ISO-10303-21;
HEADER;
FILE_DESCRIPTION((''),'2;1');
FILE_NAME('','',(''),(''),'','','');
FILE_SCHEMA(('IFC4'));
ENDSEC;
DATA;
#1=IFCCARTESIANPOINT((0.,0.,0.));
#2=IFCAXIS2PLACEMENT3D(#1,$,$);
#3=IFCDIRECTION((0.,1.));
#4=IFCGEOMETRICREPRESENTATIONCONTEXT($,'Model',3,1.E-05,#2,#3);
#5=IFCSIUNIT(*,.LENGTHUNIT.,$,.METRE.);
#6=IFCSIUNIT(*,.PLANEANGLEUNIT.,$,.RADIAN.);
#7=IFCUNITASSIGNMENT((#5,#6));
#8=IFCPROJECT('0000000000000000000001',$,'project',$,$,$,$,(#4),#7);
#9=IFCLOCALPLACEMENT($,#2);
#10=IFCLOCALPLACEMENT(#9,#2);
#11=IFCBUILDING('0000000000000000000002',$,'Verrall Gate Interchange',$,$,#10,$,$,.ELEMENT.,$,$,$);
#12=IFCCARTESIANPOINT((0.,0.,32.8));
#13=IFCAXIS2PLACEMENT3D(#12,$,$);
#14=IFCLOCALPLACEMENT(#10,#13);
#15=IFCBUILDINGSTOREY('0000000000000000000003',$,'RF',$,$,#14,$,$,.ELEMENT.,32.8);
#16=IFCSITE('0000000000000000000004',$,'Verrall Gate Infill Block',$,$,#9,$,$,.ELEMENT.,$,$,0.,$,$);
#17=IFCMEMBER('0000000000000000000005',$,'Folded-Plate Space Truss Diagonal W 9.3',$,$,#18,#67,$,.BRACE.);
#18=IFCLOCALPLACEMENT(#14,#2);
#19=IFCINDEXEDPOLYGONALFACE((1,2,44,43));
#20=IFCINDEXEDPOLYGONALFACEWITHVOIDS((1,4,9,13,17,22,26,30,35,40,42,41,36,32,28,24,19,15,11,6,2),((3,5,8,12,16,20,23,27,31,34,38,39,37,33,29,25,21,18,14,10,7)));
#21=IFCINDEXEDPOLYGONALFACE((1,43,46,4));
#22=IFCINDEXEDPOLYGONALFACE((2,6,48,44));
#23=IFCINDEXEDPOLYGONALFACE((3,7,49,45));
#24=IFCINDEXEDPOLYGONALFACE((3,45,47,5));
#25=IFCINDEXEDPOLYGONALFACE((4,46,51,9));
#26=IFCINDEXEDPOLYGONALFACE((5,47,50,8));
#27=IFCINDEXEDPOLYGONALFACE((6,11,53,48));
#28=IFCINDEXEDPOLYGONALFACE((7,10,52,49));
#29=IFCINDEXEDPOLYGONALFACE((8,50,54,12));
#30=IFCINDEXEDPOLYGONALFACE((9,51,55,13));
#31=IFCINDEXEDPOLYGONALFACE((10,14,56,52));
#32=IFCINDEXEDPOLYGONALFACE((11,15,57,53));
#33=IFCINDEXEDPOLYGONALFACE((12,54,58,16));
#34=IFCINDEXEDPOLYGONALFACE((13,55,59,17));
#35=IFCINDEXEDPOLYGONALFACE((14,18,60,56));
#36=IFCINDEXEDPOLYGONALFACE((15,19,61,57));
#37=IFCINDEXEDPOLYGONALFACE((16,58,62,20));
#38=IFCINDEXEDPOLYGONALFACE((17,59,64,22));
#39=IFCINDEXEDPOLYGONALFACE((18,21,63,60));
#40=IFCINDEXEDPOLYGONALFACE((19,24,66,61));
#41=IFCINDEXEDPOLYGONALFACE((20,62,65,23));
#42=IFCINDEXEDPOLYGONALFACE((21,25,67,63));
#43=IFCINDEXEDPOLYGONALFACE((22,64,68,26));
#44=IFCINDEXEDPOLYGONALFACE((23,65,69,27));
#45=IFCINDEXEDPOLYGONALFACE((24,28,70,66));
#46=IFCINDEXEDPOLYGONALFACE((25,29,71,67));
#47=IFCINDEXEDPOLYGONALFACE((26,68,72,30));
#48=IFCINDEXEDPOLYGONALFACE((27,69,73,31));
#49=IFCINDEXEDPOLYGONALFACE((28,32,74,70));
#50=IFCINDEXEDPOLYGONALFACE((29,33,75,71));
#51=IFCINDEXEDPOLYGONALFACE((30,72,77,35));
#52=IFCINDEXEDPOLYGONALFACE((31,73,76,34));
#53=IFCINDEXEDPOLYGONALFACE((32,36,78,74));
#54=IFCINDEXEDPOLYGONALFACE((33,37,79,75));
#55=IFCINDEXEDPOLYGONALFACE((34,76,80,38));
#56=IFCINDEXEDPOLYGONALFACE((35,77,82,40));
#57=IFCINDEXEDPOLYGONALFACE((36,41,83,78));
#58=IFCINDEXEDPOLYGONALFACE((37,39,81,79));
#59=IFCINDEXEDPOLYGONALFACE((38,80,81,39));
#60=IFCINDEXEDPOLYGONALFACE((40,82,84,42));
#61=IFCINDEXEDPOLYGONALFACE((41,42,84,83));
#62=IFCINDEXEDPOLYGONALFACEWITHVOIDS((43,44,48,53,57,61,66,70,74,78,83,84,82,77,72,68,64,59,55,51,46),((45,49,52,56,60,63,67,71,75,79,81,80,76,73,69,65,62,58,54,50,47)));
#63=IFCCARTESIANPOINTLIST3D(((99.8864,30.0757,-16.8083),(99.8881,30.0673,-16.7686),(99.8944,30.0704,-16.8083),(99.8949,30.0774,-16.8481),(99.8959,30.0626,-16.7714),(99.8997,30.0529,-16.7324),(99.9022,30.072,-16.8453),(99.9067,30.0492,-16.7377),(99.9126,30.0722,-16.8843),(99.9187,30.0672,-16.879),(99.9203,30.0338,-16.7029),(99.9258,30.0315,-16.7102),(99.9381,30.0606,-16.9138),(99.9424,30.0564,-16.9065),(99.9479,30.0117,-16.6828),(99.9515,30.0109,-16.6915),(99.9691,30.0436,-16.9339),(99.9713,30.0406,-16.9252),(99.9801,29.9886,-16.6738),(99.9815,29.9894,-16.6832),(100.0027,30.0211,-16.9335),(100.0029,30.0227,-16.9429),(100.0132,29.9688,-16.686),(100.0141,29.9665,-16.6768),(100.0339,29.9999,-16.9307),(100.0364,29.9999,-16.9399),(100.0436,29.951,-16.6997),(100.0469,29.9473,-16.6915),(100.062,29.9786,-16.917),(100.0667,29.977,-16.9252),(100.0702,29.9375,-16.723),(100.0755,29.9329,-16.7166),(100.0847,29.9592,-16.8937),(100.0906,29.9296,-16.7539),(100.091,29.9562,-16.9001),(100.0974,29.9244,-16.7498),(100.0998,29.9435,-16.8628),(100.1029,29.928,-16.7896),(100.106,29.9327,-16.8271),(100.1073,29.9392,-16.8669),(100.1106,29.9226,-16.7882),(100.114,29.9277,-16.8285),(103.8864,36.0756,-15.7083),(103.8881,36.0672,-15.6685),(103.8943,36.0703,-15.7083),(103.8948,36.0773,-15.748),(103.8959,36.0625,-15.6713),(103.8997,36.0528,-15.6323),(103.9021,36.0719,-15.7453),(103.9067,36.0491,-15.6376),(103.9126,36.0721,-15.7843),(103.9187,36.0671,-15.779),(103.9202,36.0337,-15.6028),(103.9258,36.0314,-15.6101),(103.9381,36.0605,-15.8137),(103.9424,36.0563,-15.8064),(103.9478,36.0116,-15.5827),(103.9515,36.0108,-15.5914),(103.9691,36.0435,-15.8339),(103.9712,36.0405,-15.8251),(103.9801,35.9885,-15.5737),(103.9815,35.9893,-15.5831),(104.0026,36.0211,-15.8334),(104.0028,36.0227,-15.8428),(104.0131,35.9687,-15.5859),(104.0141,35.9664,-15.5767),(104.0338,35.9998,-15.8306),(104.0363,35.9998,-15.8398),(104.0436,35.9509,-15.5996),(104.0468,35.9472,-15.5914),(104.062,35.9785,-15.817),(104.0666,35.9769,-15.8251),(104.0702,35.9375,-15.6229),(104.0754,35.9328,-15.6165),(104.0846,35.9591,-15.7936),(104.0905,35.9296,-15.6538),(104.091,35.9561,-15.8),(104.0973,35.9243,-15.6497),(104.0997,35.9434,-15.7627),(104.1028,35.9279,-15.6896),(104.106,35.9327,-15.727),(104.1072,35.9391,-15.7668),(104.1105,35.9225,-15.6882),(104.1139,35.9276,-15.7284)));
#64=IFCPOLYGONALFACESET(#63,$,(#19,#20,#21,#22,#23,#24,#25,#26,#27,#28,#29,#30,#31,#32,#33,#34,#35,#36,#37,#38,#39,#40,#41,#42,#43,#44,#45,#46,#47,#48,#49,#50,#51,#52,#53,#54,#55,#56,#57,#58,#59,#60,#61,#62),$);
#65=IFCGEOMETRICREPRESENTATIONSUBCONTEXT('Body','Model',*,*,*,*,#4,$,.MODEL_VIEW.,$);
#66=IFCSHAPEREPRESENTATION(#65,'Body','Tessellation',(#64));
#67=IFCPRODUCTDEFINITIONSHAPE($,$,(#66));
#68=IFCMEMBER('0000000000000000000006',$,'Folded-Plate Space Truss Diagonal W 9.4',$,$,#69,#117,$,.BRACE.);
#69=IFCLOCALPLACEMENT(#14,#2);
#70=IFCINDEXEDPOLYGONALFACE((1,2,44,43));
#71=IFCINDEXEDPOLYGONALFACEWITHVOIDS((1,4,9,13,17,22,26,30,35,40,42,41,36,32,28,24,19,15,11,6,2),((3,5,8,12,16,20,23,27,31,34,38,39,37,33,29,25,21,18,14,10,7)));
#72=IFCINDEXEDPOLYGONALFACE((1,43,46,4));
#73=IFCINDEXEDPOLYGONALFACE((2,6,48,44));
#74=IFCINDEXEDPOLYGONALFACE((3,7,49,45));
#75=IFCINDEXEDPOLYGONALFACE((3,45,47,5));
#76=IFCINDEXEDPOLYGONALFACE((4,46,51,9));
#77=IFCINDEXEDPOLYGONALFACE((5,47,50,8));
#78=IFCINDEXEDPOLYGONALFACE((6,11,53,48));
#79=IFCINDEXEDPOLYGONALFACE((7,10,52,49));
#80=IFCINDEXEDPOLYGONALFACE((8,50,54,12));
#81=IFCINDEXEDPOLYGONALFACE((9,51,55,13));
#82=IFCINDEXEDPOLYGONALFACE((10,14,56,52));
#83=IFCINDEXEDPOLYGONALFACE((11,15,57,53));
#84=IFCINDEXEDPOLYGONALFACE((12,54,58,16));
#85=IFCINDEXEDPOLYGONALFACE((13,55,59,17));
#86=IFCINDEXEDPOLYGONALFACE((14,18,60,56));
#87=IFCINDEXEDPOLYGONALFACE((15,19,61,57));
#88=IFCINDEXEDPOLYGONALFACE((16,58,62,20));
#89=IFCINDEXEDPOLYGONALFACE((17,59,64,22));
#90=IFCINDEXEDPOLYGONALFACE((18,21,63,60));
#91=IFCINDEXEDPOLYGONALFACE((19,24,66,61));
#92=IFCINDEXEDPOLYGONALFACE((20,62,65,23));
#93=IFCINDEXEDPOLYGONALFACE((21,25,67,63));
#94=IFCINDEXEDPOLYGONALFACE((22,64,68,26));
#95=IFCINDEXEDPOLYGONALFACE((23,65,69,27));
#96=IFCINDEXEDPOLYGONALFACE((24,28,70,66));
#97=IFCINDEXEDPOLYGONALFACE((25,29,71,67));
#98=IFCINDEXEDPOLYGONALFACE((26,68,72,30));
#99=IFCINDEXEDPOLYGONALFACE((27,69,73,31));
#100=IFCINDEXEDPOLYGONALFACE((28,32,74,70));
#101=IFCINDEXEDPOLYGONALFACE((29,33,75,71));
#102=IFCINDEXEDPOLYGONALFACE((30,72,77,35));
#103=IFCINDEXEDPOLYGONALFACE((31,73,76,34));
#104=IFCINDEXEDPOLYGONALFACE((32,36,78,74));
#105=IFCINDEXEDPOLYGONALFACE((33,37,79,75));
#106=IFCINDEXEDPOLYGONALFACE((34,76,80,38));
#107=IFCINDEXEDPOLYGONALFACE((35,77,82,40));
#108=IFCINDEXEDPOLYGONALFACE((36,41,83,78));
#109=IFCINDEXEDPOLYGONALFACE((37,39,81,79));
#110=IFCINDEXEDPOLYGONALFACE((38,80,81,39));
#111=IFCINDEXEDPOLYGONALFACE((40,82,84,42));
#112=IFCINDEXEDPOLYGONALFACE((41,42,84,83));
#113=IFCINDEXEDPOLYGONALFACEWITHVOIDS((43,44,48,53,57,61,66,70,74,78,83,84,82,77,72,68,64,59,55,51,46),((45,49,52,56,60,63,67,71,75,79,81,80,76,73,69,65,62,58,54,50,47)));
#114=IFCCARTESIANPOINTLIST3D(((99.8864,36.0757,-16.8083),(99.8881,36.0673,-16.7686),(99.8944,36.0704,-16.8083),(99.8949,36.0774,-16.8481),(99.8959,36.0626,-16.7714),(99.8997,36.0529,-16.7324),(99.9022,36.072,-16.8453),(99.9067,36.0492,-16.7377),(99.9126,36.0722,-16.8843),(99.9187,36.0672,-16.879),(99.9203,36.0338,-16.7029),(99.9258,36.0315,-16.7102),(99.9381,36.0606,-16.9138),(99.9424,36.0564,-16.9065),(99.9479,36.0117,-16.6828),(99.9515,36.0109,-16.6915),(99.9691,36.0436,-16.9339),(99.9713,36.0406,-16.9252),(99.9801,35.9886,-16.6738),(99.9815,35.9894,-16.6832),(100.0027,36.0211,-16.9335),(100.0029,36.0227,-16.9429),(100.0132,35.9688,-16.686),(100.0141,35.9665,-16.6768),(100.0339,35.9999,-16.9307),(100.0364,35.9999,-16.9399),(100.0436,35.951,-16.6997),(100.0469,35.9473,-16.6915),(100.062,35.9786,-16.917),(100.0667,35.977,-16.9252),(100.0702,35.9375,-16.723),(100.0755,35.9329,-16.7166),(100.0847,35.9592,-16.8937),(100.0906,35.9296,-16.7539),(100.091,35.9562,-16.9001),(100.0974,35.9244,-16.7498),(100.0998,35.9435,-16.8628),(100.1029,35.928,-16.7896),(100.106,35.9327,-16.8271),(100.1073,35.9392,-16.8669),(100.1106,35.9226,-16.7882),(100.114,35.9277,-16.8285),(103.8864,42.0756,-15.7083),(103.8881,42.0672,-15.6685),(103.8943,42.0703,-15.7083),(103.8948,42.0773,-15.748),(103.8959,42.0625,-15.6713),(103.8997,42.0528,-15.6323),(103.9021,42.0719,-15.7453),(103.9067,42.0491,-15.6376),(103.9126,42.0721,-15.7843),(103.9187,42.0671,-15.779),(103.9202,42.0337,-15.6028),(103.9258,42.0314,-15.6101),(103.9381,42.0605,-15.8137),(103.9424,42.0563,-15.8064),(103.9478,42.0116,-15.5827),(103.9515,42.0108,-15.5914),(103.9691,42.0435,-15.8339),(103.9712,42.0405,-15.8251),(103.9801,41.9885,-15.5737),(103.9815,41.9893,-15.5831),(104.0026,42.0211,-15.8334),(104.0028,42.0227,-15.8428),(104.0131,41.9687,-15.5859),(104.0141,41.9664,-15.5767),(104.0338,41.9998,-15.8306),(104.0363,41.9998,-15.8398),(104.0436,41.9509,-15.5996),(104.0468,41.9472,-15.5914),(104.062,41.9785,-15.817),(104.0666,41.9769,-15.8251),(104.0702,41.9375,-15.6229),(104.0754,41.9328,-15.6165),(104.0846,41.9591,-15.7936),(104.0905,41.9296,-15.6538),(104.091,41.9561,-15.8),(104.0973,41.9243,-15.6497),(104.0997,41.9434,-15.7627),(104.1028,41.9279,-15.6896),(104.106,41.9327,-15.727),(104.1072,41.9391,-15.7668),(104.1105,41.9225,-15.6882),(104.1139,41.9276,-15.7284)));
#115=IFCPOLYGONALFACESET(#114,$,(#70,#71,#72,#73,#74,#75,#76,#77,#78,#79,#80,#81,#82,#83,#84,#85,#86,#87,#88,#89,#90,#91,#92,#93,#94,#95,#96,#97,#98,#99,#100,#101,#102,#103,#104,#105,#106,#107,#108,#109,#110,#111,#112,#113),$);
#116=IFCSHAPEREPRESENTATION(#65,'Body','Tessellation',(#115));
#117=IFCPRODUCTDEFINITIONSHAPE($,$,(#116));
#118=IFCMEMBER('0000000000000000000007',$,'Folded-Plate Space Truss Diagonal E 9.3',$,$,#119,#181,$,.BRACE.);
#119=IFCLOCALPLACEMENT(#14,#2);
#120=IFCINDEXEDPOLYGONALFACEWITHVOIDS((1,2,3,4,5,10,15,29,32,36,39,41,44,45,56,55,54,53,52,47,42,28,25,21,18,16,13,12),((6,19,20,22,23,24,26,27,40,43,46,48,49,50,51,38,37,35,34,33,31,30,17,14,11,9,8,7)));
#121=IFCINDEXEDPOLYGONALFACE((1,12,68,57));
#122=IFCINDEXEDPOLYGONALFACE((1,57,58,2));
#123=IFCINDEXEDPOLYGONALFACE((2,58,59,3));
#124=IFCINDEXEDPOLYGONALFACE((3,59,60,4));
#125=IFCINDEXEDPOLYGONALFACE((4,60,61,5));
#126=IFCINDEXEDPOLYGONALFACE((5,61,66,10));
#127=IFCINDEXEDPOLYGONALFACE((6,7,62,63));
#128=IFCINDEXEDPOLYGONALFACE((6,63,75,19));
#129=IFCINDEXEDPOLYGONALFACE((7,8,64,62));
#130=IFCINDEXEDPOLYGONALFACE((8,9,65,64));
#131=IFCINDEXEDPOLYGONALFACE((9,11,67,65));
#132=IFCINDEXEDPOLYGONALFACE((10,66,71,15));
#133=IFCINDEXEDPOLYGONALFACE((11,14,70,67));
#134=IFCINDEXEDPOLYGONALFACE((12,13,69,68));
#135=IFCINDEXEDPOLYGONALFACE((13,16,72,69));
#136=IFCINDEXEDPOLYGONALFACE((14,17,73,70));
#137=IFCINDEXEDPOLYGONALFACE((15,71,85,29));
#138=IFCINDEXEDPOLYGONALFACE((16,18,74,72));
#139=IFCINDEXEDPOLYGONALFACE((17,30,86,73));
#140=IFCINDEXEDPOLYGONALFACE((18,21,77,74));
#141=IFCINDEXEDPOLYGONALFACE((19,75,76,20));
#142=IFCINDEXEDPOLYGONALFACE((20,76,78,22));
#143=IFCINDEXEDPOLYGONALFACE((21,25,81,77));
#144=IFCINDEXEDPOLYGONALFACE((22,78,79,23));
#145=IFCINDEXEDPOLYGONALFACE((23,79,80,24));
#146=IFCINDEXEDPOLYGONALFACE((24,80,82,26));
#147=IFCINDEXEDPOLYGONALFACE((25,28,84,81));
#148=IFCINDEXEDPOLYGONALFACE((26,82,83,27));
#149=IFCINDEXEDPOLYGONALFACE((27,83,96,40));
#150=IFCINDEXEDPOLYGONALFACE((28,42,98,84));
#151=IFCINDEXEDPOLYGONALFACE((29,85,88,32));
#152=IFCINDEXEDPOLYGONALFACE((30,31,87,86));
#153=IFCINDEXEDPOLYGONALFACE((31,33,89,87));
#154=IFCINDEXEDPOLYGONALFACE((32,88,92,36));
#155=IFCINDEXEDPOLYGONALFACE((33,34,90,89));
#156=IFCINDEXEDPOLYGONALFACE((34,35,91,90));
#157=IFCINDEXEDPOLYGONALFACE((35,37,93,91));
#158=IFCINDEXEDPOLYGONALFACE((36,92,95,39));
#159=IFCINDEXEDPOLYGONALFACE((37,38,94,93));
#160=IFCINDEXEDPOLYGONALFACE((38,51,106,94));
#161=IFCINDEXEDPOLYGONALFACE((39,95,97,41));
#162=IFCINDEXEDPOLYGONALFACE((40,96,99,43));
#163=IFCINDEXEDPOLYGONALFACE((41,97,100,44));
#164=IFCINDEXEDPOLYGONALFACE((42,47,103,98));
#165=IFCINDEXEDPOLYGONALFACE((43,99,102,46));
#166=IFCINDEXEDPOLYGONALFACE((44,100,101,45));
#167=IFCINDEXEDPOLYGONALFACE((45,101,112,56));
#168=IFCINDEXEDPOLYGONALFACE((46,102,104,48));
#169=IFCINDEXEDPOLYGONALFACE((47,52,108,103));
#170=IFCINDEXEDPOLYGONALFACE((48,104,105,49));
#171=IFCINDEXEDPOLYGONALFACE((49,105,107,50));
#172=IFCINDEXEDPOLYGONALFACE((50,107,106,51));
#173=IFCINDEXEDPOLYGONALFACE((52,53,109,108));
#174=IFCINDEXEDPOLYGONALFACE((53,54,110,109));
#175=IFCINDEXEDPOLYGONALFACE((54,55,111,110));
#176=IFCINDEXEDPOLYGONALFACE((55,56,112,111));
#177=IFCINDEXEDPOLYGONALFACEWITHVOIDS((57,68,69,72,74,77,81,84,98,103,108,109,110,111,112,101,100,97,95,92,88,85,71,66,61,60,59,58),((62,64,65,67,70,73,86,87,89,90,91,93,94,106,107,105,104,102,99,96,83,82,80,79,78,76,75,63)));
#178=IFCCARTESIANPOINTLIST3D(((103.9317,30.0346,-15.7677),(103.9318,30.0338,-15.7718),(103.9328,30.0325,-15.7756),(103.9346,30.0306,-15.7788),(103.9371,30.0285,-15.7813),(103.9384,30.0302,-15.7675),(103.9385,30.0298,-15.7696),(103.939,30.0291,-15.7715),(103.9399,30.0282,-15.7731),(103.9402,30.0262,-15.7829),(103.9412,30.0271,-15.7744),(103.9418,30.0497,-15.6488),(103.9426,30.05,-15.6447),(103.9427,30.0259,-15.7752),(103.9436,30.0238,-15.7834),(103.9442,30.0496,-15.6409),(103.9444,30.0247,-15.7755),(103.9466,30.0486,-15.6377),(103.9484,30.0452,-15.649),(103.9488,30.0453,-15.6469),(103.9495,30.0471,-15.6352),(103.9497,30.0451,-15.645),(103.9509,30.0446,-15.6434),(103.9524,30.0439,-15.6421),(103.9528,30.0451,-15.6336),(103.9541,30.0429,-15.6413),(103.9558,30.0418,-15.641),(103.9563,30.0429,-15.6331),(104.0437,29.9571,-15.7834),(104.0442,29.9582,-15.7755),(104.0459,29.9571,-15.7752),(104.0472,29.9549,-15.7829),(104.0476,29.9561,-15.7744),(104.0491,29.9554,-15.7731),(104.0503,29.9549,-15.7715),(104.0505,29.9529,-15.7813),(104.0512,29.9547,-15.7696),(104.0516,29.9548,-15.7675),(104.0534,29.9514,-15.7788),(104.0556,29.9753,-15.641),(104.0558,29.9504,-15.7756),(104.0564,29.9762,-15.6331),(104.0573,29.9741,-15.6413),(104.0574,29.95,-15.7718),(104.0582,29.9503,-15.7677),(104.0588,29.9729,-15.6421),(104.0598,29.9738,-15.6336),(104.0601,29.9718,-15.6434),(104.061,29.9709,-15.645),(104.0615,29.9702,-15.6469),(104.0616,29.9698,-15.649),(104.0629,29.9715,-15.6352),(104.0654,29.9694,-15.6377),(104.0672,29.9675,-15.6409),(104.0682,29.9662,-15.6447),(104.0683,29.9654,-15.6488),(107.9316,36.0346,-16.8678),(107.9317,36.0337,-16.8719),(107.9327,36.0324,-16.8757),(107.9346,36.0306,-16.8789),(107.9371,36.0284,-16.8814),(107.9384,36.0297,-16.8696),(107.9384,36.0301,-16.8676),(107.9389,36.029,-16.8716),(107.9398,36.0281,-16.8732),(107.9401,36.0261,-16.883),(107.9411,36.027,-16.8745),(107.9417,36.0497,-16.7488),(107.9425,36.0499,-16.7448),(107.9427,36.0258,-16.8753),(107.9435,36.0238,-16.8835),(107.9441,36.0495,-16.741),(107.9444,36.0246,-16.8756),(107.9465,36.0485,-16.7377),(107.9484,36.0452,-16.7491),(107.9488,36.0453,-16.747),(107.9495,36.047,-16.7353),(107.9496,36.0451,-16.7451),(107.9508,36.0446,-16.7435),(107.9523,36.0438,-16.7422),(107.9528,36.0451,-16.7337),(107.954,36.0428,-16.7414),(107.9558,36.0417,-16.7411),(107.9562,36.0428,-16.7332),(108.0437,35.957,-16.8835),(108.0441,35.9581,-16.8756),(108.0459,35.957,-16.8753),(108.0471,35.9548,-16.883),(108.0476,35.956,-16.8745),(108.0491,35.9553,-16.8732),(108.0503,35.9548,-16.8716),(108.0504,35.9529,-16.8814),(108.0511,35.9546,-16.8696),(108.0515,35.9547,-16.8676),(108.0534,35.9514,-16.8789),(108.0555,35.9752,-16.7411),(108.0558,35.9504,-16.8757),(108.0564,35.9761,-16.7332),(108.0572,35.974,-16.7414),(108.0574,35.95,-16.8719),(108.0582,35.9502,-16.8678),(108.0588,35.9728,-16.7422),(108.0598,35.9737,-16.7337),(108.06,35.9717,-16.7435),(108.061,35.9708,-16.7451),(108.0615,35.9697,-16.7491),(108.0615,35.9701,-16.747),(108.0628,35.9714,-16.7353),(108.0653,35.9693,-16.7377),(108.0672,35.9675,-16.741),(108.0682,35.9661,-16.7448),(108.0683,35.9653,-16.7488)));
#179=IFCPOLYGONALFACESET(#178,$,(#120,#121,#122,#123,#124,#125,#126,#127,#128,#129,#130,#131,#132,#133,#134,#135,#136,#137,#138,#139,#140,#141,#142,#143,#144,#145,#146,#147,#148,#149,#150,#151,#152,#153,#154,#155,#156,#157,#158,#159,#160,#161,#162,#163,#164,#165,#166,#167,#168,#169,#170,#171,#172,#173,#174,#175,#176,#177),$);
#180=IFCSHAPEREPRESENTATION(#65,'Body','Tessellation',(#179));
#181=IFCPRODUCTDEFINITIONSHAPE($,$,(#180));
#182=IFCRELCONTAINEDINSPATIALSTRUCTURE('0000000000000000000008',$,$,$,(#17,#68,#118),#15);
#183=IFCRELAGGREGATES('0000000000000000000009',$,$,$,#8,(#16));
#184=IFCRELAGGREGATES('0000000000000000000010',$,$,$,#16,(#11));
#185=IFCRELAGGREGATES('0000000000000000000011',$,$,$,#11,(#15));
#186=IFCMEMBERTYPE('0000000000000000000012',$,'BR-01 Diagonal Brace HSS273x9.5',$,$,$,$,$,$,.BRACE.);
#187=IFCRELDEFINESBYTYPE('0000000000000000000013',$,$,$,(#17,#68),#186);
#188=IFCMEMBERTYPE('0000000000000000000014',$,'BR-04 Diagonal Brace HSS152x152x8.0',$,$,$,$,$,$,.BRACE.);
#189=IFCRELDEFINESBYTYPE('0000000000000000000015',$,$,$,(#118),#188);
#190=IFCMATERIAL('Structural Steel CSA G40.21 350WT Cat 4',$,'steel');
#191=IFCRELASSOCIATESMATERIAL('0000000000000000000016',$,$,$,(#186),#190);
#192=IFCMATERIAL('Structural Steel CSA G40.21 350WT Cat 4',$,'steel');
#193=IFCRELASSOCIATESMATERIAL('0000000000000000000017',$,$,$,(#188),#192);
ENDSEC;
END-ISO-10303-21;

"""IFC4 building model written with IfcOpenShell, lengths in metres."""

from ifc_helpers import new_model, si_unit, direction, frame, origin, origin_2d, place, context, subcontext, project, spatial, hollow_rectangle, hollow_circle, extrude, material, material_profile, profile_set, type_object, element, save


model = new_model("IFC4")

# Units and contexts
model_context = context("Model", 3, precision=1e-05, world=origin(), true_north=direction((0.0, 1.0)))
body_context = subcontext(model_context, "Body", "Model", "MODEL_VIEW")
ifc_project = project(units=[si_unit("LENGTHUNIT", "METRE"), si_unit("PLANEANGLEUNIT", "RADIAN")], contexts=[model_context])

# Site, building, storey
site_placement = place(None, origin())
site = spatial("IfcSite", under=ifc_project, at=site_placement, Name="Verrall Gate Infill Block", CompositionType="ELEMENT", RefElevation=0.0)
building_placement = place(site_placement, origin())
building = spatial("IfcBuilding", under=site, at=building_placement, Name="Verrall Gate Interchange", CompositionType="ELEMENT")
storey_placement = place(building_placement, frame((0.0, 0.0, 32.8)))
storey = spatial("IfcBuildingStorey", under=building, at=storey_placement, Name="RF", CompositionType="ELEMENT", Elevation=32.8)

# Members
ifc_material_1 = material(Name="Structural Steel CSA G40.21 350WT Cat 4", Category="steel")
ifc_material_profile_1 = material_profile(ifc_material_1, hollow_circle(Radius=0.1365, WallThickness=0.0095, at=origin_2d()), Name="HSS273x9.5")
ifc_profile_set_1 = profile_set([ifc_material_profile_1], Name="Structural Steel CSA G40.21 350WT Cat 4")
member_type_1 = type_object("IfcMemberType", Name="BR-01 Diagonal Brace HSS273x9.5", PredefinedType="BRACE", material=ifc_profile_set_1)
for number, where, z_axis, x_axis, name in (
    (1, (100.0, 30.0, -16.8083), (0.548356, 0.822534, 0.150811), (-0.83205, 0.5547, 0.0), "Folded-Plate Space Truss Diagonal W 9.3"),
    (2, (100.0, 36.0, -16.8083), (0.548356, 0.822534, 0.150811), (-0.83205, 0.5547, 0.0), "Folded-Plate Space Truss Diagonal W 9.4"),
):
    element("IfcMember", number, at=place(storey_placement, frame(where, z_axis=z_axis, x_axis=x_axis)), inside=storey, type_object=member_type_1, Name=name, PredefinedType="BRACE", context=body_context, shape_type="SweptSolid", body=[
        extrude(hollow_circle(Radius=0.1365, WallThickness=0.0095, at=origin_2d()), origin(), (0.0, 0.0, 1.0), 7.2944),
    ])
ifc_material_2 = material(Name="Structural Steel CSA G40.21 350WT Cat 4", Category="steel")
ifc_material_profile_2 = material_profile(ifc_material_2, hollow_rectangle(XDim=0.1521, YDim=0.1521, WallThickness=0.0081, InnerFilletRadius=0.0081, OuterFilletRadius=0.0159, at=origin_2d()), Name="HSS152x152x8.0")
ifc_profile_set_2 = profile_set([ifc_material_profile_2], Name="Structural Steel CSA G40.21 350WT Cat 4")
member_type_2 = type_object("IfcMemberType", Name="BR-04 Diagonal Brace HSS152x152x8.0", PredefinedType="BRACE", material=ifc_profile_set_2)
for number, where, z_axis, x_axis, name in (
    (3, (104.0, 30.0, -15.7083), (0.548356, 0.822534, -0.150811), (-0.83205, 0.5547, 0.0), "Folded-Plate Space Truss Diagonal E 9.3"),
):
    element("IfcMember", number, at=place(storey_placement, frame(where, z_axis=z_axis, x_axis=x_axis)), inside=storey, type_object=member_type_2, Name=name, PredefinedType="BRACE", context=body_context, shape_type="SweptSolid", body=[
        extrude(hollow_rectangle(XDim=0.1521, YDim=0.1521, WallThickness=0.0081, InnerFilletRadius=0.0081, OuterFilletRadius=0.0159, at=origin_2d()), origin(), (0.0, 0.0, 1.0), 7.2944),
    ])

save(model, "model.ifc")
